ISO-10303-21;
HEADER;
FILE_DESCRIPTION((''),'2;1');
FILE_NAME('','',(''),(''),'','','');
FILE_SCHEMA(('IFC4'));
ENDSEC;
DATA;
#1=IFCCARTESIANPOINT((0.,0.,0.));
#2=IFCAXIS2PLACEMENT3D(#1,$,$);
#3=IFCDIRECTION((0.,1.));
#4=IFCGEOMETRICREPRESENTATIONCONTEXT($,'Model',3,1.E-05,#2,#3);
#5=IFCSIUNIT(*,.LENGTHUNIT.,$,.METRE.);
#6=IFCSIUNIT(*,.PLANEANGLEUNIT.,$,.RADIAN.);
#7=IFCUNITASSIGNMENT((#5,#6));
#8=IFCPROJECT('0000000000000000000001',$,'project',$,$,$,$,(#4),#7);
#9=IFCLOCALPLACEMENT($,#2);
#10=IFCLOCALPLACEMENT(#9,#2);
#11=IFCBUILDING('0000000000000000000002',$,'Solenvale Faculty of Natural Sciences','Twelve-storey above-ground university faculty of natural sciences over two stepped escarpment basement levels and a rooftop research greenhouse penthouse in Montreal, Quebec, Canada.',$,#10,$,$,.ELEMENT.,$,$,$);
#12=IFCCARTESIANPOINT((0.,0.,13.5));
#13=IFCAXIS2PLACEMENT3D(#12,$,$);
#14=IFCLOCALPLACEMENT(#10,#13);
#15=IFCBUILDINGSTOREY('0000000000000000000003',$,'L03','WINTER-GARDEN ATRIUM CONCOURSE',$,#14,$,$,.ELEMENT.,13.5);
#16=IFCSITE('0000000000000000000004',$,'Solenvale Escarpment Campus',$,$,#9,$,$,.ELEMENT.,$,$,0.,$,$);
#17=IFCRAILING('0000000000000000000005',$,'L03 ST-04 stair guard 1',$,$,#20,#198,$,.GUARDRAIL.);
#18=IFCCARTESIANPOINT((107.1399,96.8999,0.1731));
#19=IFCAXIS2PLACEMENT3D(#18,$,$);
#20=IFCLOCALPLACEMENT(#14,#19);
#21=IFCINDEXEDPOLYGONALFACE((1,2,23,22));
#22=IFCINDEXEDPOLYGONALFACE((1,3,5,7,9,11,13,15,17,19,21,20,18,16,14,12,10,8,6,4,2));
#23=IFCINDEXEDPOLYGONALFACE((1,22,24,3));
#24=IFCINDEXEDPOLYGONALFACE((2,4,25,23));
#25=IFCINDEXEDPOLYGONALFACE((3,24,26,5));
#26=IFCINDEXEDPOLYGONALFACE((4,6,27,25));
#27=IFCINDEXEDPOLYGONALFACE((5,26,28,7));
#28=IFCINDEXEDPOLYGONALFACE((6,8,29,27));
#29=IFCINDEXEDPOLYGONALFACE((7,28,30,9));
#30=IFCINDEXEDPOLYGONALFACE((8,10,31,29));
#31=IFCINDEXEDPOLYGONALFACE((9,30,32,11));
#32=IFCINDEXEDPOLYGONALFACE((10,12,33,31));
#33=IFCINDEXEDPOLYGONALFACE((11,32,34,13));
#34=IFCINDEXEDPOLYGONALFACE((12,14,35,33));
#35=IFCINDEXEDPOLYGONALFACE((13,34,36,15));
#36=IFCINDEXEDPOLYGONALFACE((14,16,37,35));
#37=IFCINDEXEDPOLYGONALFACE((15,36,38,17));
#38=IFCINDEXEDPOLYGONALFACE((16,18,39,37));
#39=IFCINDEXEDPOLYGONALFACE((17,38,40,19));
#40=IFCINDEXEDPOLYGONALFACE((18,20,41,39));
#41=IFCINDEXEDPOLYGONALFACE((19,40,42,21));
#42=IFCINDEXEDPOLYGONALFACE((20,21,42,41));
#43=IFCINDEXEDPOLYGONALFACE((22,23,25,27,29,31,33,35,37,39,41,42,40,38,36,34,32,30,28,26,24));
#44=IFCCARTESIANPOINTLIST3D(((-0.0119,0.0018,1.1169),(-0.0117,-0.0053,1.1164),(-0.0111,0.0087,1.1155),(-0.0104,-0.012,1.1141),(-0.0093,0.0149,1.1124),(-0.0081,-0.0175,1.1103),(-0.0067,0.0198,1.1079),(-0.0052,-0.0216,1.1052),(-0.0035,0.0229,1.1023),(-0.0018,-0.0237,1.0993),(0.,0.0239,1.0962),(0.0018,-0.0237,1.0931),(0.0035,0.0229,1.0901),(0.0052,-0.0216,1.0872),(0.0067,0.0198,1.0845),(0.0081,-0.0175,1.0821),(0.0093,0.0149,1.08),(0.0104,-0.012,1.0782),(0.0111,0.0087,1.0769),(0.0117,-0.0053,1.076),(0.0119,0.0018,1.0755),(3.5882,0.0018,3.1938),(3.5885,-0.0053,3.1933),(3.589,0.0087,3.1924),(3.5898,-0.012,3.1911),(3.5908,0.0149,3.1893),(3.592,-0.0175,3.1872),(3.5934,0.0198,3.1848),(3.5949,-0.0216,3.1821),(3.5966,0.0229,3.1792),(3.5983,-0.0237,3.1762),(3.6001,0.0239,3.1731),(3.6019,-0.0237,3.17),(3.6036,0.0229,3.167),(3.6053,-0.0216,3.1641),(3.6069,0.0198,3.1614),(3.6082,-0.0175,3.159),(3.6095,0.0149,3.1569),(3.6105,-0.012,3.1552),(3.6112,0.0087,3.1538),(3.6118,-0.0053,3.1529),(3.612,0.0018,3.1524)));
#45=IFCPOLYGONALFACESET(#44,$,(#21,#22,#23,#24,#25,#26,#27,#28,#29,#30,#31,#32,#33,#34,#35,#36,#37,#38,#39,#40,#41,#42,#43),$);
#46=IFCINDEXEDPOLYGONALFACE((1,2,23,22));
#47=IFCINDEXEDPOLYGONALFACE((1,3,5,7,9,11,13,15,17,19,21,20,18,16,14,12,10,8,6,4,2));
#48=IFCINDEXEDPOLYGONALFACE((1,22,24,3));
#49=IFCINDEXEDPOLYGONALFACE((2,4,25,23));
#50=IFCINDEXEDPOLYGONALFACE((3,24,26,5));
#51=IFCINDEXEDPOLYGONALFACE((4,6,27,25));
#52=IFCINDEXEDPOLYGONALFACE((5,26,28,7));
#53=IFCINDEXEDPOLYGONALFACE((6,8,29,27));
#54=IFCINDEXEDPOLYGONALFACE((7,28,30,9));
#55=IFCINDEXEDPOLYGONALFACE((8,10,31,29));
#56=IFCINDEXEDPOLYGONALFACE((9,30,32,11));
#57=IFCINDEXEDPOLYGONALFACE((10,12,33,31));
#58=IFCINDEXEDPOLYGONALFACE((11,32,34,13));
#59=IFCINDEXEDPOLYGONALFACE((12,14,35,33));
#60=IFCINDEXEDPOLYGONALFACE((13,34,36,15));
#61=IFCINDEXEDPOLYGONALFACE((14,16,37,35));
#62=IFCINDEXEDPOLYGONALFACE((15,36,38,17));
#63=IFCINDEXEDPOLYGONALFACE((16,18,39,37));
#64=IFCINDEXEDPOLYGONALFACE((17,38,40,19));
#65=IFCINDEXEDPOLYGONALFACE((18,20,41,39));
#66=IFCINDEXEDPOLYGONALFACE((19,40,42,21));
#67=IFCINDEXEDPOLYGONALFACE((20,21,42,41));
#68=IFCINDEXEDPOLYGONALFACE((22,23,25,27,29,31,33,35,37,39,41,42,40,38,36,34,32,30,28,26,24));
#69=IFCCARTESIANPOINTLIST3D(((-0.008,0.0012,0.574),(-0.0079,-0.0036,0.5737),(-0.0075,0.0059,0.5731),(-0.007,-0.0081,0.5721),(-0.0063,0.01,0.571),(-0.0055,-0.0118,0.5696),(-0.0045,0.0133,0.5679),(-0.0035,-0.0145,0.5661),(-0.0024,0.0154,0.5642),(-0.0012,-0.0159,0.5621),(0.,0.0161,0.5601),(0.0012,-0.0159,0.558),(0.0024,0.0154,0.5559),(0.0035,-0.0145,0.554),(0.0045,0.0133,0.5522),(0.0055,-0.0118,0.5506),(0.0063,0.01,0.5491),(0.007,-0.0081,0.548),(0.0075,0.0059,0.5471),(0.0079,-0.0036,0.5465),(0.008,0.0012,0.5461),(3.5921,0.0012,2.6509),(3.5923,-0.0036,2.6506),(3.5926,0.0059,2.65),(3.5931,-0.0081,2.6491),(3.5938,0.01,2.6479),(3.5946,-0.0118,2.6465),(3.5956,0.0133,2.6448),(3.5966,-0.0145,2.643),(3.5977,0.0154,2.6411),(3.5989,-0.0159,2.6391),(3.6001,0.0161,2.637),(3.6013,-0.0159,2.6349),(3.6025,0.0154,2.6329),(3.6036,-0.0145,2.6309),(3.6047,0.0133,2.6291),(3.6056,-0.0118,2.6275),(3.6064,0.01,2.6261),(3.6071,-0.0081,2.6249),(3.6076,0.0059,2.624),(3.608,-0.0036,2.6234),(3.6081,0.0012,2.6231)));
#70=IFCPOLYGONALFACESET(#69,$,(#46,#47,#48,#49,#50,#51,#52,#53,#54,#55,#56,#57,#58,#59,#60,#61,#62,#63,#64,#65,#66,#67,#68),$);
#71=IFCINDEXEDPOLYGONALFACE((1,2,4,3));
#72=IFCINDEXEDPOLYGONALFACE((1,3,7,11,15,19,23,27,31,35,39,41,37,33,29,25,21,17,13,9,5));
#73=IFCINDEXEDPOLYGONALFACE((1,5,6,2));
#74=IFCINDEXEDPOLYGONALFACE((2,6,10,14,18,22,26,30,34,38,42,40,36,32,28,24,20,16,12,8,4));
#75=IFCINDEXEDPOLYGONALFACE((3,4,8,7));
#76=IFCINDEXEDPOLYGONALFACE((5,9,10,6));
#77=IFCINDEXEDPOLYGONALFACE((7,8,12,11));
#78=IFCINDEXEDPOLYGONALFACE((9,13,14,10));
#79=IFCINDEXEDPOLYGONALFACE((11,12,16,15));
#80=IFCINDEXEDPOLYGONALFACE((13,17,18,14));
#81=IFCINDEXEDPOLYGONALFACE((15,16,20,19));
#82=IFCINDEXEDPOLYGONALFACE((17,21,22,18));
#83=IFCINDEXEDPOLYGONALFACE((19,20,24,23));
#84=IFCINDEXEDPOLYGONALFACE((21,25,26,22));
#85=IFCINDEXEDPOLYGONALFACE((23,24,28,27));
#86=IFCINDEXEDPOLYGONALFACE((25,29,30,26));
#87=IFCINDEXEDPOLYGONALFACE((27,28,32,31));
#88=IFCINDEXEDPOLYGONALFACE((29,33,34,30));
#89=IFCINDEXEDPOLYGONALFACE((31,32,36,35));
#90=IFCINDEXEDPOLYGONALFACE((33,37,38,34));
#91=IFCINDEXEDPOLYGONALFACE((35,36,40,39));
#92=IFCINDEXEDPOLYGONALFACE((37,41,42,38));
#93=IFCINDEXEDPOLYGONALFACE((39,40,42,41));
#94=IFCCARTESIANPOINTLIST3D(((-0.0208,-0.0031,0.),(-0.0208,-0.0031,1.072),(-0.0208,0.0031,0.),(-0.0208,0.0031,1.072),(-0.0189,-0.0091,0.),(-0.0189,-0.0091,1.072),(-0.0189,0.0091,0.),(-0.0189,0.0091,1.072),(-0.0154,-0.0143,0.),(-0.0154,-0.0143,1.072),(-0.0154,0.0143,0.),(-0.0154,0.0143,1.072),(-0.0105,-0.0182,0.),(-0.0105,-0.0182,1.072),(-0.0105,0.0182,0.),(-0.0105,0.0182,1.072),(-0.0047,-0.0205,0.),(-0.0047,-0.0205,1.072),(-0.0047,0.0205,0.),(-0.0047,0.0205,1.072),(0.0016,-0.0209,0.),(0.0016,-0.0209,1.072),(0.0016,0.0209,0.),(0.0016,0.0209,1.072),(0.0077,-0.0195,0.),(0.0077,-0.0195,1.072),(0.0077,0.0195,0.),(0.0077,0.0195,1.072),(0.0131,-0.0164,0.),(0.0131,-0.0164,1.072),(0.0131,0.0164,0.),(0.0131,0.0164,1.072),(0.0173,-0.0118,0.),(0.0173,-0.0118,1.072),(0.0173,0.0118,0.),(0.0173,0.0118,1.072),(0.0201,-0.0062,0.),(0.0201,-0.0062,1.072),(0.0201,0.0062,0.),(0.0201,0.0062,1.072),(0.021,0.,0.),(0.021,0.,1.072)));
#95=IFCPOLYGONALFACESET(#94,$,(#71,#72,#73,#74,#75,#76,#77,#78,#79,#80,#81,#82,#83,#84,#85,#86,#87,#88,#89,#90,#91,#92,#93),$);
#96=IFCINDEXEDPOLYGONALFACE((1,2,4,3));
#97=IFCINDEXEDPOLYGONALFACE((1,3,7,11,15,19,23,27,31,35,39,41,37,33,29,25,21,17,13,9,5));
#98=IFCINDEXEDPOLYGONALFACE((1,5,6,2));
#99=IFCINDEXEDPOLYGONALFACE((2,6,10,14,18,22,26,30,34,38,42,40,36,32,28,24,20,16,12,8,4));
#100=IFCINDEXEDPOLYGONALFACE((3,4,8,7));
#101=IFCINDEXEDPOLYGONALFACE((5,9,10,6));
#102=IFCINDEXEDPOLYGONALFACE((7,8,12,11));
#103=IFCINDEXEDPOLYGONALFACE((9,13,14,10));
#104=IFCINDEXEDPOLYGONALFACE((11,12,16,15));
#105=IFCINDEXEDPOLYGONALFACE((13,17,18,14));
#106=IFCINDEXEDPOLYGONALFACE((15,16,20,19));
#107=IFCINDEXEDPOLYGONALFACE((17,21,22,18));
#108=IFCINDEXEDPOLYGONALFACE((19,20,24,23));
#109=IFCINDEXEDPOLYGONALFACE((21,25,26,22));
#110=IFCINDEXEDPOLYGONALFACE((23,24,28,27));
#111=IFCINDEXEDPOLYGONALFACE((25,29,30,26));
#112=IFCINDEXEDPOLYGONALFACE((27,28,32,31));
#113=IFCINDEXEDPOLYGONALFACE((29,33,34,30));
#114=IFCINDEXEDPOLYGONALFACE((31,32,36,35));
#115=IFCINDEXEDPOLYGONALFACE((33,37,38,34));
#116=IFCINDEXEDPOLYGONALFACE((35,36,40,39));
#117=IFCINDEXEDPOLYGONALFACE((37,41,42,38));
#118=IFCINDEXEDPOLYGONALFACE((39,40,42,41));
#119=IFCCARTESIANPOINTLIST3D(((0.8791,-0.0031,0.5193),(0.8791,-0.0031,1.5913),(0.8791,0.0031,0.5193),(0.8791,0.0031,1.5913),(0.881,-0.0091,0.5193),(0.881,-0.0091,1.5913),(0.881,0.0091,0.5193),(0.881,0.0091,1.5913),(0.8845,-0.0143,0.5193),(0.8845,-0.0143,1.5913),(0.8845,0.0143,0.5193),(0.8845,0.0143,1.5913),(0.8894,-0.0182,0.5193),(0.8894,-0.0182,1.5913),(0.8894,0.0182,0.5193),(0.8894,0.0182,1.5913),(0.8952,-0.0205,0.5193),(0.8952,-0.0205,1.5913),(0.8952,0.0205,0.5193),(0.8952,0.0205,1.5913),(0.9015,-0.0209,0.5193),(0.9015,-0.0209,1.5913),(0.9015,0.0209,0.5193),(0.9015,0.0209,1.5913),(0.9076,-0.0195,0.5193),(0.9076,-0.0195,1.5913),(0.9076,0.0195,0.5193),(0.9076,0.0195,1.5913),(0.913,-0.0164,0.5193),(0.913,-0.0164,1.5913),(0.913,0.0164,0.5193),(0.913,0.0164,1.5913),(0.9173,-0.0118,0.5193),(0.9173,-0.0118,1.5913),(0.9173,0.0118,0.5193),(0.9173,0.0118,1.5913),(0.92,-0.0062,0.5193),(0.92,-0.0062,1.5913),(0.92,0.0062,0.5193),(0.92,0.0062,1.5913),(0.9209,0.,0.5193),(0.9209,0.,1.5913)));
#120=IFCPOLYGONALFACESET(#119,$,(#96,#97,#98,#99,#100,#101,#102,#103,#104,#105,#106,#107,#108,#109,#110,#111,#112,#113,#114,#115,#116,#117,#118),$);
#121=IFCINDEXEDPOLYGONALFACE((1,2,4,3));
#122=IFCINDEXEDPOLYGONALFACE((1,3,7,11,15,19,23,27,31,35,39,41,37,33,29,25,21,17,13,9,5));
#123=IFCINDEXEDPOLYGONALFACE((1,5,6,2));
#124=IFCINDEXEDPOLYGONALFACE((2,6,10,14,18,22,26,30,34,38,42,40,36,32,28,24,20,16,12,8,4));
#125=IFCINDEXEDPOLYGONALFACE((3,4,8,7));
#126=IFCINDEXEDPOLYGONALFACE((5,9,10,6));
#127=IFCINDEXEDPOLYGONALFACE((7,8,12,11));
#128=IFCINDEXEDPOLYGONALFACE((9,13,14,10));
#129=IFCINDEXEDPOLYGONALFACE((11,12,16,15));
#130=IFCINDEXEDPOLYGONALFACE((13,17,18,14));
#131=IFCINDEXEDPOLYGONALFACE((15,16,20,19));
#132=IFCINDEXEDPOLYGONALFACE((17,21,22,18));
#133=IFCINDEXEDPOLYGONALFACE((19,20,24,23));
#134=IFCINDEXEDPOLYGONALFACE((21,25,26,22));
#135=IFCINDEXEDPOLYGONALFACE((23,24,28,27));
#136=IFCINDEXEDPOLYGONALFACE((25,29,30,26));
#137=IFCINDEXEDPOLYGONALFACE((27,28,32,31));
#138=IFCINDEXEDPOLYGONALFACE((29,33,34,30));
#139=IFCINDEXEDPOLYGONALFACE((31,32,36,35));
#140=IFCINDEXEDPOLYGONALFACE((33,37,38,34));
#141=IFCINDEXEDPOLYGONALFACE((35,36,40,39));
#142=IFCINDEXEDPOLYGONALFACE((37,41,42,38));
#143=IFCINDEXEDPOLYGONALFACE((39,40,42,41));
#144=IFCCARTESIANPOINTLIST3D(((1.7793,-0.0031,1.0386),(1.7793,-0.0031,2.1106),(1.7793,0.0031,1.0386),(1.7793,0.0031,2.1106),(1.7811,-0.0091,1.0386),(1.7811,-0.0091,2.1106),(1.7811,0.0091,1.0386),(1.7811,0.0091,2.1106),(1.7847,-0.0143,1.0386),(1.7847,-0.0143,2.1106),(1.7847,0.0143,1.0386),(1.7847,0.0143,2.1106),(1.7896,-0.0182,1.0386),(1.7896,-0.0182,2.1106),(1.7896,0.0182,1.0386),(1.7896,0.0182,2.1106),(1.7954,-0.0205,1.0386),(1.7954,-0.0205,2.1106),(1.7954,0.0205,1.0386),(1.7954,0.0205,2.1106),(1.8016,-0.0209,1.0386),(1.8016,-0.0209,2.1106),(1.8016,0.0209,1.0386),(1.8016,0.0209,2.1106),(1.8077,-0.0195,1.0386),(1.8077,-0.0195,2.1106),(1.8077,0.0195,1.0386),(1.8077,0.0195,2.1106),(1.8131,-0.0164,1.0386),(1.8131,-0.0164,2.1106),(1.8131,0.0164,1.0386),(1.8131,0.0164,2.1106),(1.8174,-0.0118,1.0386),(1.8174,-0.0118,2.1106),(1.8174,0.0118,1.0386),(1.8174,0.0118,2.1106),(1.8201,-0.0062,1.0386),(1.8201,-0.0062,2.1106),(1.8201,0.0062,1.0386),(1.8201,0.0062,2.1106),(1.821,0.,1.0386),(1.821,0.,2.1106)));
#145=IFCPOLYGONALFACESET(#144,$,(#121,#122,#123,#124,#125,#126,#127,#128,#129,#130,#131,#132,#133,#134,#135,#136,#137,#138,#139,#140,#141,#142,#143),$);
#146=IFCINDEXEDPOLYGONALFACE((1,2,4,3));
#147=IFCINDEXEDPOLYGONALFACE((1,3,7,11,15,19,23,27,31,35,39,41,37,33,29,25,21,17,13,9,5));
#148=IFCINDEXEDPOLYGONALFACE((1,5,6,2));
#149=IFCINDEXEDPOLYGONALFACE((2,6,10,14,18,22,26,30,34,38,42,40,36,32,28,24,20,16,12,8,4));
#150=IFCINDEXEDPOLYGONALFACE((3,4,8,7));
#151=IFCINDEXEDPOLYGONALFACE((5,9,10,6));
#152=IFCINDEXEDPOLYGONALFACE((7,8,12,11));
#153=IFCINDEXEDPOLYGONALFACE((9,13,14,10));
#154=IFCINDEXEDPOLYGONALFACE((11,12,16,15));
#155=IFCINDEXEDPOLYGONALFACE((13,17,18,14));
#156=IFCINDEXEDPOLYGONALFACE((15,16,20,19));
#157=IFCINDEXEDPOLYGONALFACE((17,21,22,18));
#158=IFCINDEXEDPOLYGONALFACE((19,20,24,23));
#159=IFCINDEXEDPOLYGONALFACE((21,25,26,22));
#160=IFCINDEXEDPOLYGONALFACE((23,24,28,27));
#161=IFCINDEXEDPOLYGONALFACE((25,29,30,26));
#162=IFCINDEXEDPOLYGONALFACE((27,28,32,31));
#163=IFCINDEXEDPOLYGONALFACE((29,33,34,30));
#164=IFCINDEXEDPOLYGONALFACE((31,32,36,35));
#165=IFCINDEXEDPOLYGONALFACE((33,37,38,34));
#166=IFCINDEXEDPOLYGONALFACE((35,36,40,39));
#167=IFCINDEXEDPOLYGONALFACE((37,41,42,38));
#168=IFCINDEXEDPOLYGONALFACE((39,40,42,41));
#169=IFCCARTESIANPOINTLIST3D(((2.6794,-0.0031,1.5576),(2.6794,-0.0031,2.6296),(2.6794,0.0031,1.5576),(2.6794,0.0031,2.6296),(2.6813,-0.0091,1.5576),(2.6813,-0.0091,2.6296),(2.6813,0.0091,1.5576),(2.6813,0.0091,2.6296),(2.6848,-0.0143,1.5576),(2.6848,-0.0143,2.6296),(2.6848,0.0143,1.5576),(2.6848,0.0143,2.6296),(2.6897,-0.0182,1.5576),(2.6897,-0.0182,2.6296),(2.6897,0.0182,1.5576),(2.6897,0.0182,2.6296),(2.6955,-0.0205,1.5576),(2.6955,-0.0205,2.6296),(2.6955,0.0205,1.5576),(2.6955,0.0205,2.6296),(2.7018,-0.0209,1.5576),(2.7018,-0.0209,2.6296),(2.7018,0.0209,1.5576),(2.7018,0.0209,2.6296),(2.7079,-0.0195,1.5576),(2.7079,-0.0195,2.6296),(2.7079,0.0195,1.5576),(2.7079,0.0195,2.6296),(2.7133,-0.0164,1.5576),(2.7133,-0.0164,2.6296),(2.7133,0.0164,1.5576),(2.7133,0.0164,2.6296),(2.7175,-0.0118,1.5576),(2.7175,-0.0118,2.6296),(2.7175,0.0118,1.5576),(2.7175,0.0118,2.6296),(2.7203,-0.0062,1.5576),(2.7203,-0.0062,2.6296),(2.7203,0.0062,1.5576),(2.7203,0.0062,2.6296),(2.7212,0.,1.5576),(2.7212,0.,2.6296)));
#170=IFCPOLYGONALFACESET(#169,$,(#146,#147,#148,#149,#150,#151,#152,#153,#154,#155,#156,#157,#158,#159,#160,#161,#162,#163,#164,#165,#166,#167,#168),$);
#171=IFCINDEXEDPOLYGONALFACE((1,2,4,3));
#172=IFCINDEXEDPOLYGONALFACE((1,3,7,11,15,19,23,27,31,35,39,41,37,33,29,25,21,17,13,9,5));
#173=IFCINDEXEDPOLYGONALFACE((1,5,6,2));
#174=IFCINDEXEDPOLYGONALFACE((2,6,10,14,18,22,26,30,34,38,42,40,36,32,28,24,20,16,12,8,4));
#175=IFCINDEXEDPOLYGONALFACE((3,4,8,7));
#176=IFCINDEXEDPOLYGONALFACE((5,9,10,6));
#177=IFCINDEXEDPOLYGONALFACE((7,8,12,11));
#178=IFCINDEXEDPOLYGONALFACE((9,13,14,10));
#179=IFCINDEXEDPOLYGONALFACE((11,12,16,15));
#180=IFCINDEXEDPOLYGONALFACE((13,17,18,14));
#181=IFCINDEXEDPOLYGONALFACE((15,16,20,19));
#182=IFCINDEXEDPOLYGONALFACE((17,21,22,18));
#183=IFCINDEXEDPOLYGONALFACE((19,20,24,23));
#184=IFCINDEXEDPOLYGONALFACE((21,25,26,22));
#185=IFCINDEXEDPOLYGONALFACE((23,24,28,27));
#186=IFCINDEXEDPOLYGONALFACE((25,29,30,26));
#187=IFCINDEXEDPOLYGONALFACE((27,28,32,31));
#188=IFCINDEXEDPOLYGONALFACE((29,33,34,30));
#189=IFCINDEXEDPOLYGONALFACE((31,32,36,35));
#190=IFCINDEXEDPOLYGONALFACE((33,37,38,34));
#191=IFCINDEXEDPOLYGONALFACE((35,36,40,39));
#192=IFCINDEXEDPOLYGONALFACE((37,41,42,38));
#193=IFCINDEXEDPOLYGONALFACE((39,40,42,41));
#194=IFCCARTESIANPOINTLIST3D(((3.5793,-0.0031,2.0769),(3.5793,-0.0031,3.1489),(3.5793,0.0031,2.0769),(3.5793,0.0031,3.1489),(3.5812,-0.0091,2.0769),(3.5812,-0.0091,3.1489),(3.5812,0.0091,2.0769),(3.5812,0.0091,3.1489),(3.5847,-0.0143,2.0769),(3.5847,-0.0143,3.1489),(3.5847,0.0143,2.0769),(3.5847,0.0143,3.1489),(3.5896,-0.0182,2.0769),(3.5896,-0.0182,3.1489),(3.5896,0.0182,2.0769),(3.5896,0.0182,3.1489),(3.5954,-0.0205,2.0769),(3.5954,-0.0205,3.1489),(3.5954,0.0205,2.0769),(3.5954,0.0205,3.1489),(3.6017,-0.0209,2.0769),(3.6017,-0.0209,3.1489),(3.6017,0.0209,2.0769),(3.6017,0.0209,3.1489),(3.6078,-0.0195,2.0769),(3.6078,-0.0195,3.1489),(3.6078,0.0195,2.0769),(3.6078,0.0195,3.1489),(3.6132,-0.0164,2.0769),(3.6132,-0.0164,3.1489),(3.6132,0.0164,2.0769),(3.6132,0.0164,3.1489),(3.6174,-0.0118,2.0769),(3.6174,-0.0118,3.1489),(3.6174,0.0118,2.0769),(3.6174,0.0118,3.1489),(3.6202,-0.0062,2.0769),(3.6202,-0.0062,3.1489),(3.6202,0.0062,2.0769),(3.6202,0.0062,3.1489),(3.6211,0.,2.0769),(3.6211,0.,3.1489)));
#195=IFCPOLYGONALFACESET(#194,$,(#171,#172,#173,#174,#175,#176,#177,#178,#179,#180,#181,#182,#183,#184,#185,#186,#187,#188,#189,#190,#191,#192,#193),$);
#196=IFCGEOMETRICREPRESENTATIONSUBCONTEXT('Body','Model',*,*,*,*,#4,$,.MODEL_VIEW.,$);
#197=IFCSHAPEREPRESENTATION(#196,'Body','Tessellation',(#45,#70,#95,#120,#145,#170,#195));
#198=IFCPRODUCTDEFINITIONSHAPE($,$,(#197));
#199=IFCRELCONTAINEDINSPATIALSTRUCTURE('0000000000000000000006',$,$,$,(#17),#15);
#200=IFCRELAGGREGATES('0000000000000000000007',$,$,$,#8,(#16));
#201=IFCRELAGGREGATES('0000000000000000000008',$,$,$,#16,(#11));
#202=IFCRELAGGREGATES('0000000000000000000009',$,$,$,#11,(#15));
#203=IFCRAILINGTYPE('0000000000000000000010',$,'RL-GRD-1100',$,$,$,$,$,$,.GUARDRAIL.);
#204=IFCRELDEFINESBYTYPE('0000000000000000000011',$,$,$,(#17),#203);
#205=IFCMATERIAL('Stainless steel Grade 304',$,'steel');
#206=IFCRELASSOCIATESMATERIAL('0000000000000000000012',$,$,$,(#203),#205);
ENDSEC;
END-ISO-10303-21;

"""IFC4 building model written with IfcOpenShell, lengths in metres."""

from ifc_helpers import new_model, si_unit, direction, frame, origin, origin_2d, place, context, subcontext, project, spatial, circle, extrude, material, type_object, element, save


model = new_model("IFC4")

# Units and contexts
model_context = context("Model", 3, precision=1e-05, world=origin(), true_north=direction((0.0, 1.0)))
body_context = subcontext(model_context, "Body", "Model", "MODEL_VIEW")
ifc_project = project(units=[si_unit("LENGTHUNIT", "METRE"), si_unit("PLANEANGLEUNIT", "RADIAN")], contexts=[model_context])

# Site, building, storey
site_placement = place(None, origin())
site = spatial("IfcSite", under=ifc_project, at=site_placement, Name="Solenvale Escarpment Campus", CompositionType="ELEMENT", RefElevation=0.0)
building_placement = place(site_placement, origin())
building = spatial("IfcBuilding", under=site, at=building_placement, Name="Solenvale Faculty of Natural Sciences", Description="Twelve-storey above-ground university faculty of natural sciences over two stepped escarpment basement levels and a rooftop research greenhouse penthouse in Montreal, Quebec, Canada.", CompositionType="ELEMENT")
storey_placement = place(building_placement, frame((0.0, 0.0, 13.5)))
storey = spatial("IfcBuildingStorey", under=building, at=storey_placement, Name="L03", Description="WINTER-GARDEN ATRIUM CONCOURSE", CompositionType="ELEMENT", Elevation=13.5)

# Shared definitions
ifc_material_1 = material(Name="Stainless steel Grade 304", Category="steel")

# Railing
railing_type_1 = type_object("IfcRailingType", Name="RL-GRD-1100", PredefinedType="GUARDRAIL", material=ifc_material_1)
railing_1_placement = place(storey_placement, frame((107.1399, 96.8999, 0.1731)))
element("IfcRailing", 1, at=railing_1_placement, inside=storey, type_object=railing_type_1, Name="L03 ST-04 stair guard 1", PredefinedType="GUARDRAIL", context=body_context, shape_type="SweptSolid", body=[
    extrude(circle(Radius=0.0239, at=origin_2d()), frame((0.0, 0.0, 1.0962), z_axis=(0.866193, 0.0, 0.499709), x_axis=(0.0, 1.0, 0.0)), (0.0, 0.0, 1.0), 4.1562),
    extrude(circle(Radius=0.0161, at=origin_2d()), frame((0.0, 0.0, 0.5601), z_axis=(0.866193, 0.0, 0.499709), x_axis=(0.0, 1.0, 0.0)), (0.0, 0.0, 1.0), 4.1562),
    extrude(circle(Radius=0.021, at=origin_2d()), origin(), (0.0, 0.0, 1.0), 1.072),
    extrude(circle(Radius=0.021, at=origin_2d()), frame((0.8999, 0.0, 0.5193)), (0.0, 0.0, 1.0), 1.072),
    extrude(circle(Radius=0.021, at=origin_2d()), frame((1.8, 0.0, 1.0386)), (0.0, 0.0, 1.0), 1.072),
    extrude(circle(Radius=0.021, at=origin_2d()), frame((2.7002, 0.0, 1.5576)), (0.0, 0.0, 1.0), 1.072),
    extrude(circle(Radius=0.021, at=origin_2d()), frame((3.6001, 0.0, 2.0769)), (0.0, 0.0, 1.0), 1.072),
])

save(model, "model.ifc")
